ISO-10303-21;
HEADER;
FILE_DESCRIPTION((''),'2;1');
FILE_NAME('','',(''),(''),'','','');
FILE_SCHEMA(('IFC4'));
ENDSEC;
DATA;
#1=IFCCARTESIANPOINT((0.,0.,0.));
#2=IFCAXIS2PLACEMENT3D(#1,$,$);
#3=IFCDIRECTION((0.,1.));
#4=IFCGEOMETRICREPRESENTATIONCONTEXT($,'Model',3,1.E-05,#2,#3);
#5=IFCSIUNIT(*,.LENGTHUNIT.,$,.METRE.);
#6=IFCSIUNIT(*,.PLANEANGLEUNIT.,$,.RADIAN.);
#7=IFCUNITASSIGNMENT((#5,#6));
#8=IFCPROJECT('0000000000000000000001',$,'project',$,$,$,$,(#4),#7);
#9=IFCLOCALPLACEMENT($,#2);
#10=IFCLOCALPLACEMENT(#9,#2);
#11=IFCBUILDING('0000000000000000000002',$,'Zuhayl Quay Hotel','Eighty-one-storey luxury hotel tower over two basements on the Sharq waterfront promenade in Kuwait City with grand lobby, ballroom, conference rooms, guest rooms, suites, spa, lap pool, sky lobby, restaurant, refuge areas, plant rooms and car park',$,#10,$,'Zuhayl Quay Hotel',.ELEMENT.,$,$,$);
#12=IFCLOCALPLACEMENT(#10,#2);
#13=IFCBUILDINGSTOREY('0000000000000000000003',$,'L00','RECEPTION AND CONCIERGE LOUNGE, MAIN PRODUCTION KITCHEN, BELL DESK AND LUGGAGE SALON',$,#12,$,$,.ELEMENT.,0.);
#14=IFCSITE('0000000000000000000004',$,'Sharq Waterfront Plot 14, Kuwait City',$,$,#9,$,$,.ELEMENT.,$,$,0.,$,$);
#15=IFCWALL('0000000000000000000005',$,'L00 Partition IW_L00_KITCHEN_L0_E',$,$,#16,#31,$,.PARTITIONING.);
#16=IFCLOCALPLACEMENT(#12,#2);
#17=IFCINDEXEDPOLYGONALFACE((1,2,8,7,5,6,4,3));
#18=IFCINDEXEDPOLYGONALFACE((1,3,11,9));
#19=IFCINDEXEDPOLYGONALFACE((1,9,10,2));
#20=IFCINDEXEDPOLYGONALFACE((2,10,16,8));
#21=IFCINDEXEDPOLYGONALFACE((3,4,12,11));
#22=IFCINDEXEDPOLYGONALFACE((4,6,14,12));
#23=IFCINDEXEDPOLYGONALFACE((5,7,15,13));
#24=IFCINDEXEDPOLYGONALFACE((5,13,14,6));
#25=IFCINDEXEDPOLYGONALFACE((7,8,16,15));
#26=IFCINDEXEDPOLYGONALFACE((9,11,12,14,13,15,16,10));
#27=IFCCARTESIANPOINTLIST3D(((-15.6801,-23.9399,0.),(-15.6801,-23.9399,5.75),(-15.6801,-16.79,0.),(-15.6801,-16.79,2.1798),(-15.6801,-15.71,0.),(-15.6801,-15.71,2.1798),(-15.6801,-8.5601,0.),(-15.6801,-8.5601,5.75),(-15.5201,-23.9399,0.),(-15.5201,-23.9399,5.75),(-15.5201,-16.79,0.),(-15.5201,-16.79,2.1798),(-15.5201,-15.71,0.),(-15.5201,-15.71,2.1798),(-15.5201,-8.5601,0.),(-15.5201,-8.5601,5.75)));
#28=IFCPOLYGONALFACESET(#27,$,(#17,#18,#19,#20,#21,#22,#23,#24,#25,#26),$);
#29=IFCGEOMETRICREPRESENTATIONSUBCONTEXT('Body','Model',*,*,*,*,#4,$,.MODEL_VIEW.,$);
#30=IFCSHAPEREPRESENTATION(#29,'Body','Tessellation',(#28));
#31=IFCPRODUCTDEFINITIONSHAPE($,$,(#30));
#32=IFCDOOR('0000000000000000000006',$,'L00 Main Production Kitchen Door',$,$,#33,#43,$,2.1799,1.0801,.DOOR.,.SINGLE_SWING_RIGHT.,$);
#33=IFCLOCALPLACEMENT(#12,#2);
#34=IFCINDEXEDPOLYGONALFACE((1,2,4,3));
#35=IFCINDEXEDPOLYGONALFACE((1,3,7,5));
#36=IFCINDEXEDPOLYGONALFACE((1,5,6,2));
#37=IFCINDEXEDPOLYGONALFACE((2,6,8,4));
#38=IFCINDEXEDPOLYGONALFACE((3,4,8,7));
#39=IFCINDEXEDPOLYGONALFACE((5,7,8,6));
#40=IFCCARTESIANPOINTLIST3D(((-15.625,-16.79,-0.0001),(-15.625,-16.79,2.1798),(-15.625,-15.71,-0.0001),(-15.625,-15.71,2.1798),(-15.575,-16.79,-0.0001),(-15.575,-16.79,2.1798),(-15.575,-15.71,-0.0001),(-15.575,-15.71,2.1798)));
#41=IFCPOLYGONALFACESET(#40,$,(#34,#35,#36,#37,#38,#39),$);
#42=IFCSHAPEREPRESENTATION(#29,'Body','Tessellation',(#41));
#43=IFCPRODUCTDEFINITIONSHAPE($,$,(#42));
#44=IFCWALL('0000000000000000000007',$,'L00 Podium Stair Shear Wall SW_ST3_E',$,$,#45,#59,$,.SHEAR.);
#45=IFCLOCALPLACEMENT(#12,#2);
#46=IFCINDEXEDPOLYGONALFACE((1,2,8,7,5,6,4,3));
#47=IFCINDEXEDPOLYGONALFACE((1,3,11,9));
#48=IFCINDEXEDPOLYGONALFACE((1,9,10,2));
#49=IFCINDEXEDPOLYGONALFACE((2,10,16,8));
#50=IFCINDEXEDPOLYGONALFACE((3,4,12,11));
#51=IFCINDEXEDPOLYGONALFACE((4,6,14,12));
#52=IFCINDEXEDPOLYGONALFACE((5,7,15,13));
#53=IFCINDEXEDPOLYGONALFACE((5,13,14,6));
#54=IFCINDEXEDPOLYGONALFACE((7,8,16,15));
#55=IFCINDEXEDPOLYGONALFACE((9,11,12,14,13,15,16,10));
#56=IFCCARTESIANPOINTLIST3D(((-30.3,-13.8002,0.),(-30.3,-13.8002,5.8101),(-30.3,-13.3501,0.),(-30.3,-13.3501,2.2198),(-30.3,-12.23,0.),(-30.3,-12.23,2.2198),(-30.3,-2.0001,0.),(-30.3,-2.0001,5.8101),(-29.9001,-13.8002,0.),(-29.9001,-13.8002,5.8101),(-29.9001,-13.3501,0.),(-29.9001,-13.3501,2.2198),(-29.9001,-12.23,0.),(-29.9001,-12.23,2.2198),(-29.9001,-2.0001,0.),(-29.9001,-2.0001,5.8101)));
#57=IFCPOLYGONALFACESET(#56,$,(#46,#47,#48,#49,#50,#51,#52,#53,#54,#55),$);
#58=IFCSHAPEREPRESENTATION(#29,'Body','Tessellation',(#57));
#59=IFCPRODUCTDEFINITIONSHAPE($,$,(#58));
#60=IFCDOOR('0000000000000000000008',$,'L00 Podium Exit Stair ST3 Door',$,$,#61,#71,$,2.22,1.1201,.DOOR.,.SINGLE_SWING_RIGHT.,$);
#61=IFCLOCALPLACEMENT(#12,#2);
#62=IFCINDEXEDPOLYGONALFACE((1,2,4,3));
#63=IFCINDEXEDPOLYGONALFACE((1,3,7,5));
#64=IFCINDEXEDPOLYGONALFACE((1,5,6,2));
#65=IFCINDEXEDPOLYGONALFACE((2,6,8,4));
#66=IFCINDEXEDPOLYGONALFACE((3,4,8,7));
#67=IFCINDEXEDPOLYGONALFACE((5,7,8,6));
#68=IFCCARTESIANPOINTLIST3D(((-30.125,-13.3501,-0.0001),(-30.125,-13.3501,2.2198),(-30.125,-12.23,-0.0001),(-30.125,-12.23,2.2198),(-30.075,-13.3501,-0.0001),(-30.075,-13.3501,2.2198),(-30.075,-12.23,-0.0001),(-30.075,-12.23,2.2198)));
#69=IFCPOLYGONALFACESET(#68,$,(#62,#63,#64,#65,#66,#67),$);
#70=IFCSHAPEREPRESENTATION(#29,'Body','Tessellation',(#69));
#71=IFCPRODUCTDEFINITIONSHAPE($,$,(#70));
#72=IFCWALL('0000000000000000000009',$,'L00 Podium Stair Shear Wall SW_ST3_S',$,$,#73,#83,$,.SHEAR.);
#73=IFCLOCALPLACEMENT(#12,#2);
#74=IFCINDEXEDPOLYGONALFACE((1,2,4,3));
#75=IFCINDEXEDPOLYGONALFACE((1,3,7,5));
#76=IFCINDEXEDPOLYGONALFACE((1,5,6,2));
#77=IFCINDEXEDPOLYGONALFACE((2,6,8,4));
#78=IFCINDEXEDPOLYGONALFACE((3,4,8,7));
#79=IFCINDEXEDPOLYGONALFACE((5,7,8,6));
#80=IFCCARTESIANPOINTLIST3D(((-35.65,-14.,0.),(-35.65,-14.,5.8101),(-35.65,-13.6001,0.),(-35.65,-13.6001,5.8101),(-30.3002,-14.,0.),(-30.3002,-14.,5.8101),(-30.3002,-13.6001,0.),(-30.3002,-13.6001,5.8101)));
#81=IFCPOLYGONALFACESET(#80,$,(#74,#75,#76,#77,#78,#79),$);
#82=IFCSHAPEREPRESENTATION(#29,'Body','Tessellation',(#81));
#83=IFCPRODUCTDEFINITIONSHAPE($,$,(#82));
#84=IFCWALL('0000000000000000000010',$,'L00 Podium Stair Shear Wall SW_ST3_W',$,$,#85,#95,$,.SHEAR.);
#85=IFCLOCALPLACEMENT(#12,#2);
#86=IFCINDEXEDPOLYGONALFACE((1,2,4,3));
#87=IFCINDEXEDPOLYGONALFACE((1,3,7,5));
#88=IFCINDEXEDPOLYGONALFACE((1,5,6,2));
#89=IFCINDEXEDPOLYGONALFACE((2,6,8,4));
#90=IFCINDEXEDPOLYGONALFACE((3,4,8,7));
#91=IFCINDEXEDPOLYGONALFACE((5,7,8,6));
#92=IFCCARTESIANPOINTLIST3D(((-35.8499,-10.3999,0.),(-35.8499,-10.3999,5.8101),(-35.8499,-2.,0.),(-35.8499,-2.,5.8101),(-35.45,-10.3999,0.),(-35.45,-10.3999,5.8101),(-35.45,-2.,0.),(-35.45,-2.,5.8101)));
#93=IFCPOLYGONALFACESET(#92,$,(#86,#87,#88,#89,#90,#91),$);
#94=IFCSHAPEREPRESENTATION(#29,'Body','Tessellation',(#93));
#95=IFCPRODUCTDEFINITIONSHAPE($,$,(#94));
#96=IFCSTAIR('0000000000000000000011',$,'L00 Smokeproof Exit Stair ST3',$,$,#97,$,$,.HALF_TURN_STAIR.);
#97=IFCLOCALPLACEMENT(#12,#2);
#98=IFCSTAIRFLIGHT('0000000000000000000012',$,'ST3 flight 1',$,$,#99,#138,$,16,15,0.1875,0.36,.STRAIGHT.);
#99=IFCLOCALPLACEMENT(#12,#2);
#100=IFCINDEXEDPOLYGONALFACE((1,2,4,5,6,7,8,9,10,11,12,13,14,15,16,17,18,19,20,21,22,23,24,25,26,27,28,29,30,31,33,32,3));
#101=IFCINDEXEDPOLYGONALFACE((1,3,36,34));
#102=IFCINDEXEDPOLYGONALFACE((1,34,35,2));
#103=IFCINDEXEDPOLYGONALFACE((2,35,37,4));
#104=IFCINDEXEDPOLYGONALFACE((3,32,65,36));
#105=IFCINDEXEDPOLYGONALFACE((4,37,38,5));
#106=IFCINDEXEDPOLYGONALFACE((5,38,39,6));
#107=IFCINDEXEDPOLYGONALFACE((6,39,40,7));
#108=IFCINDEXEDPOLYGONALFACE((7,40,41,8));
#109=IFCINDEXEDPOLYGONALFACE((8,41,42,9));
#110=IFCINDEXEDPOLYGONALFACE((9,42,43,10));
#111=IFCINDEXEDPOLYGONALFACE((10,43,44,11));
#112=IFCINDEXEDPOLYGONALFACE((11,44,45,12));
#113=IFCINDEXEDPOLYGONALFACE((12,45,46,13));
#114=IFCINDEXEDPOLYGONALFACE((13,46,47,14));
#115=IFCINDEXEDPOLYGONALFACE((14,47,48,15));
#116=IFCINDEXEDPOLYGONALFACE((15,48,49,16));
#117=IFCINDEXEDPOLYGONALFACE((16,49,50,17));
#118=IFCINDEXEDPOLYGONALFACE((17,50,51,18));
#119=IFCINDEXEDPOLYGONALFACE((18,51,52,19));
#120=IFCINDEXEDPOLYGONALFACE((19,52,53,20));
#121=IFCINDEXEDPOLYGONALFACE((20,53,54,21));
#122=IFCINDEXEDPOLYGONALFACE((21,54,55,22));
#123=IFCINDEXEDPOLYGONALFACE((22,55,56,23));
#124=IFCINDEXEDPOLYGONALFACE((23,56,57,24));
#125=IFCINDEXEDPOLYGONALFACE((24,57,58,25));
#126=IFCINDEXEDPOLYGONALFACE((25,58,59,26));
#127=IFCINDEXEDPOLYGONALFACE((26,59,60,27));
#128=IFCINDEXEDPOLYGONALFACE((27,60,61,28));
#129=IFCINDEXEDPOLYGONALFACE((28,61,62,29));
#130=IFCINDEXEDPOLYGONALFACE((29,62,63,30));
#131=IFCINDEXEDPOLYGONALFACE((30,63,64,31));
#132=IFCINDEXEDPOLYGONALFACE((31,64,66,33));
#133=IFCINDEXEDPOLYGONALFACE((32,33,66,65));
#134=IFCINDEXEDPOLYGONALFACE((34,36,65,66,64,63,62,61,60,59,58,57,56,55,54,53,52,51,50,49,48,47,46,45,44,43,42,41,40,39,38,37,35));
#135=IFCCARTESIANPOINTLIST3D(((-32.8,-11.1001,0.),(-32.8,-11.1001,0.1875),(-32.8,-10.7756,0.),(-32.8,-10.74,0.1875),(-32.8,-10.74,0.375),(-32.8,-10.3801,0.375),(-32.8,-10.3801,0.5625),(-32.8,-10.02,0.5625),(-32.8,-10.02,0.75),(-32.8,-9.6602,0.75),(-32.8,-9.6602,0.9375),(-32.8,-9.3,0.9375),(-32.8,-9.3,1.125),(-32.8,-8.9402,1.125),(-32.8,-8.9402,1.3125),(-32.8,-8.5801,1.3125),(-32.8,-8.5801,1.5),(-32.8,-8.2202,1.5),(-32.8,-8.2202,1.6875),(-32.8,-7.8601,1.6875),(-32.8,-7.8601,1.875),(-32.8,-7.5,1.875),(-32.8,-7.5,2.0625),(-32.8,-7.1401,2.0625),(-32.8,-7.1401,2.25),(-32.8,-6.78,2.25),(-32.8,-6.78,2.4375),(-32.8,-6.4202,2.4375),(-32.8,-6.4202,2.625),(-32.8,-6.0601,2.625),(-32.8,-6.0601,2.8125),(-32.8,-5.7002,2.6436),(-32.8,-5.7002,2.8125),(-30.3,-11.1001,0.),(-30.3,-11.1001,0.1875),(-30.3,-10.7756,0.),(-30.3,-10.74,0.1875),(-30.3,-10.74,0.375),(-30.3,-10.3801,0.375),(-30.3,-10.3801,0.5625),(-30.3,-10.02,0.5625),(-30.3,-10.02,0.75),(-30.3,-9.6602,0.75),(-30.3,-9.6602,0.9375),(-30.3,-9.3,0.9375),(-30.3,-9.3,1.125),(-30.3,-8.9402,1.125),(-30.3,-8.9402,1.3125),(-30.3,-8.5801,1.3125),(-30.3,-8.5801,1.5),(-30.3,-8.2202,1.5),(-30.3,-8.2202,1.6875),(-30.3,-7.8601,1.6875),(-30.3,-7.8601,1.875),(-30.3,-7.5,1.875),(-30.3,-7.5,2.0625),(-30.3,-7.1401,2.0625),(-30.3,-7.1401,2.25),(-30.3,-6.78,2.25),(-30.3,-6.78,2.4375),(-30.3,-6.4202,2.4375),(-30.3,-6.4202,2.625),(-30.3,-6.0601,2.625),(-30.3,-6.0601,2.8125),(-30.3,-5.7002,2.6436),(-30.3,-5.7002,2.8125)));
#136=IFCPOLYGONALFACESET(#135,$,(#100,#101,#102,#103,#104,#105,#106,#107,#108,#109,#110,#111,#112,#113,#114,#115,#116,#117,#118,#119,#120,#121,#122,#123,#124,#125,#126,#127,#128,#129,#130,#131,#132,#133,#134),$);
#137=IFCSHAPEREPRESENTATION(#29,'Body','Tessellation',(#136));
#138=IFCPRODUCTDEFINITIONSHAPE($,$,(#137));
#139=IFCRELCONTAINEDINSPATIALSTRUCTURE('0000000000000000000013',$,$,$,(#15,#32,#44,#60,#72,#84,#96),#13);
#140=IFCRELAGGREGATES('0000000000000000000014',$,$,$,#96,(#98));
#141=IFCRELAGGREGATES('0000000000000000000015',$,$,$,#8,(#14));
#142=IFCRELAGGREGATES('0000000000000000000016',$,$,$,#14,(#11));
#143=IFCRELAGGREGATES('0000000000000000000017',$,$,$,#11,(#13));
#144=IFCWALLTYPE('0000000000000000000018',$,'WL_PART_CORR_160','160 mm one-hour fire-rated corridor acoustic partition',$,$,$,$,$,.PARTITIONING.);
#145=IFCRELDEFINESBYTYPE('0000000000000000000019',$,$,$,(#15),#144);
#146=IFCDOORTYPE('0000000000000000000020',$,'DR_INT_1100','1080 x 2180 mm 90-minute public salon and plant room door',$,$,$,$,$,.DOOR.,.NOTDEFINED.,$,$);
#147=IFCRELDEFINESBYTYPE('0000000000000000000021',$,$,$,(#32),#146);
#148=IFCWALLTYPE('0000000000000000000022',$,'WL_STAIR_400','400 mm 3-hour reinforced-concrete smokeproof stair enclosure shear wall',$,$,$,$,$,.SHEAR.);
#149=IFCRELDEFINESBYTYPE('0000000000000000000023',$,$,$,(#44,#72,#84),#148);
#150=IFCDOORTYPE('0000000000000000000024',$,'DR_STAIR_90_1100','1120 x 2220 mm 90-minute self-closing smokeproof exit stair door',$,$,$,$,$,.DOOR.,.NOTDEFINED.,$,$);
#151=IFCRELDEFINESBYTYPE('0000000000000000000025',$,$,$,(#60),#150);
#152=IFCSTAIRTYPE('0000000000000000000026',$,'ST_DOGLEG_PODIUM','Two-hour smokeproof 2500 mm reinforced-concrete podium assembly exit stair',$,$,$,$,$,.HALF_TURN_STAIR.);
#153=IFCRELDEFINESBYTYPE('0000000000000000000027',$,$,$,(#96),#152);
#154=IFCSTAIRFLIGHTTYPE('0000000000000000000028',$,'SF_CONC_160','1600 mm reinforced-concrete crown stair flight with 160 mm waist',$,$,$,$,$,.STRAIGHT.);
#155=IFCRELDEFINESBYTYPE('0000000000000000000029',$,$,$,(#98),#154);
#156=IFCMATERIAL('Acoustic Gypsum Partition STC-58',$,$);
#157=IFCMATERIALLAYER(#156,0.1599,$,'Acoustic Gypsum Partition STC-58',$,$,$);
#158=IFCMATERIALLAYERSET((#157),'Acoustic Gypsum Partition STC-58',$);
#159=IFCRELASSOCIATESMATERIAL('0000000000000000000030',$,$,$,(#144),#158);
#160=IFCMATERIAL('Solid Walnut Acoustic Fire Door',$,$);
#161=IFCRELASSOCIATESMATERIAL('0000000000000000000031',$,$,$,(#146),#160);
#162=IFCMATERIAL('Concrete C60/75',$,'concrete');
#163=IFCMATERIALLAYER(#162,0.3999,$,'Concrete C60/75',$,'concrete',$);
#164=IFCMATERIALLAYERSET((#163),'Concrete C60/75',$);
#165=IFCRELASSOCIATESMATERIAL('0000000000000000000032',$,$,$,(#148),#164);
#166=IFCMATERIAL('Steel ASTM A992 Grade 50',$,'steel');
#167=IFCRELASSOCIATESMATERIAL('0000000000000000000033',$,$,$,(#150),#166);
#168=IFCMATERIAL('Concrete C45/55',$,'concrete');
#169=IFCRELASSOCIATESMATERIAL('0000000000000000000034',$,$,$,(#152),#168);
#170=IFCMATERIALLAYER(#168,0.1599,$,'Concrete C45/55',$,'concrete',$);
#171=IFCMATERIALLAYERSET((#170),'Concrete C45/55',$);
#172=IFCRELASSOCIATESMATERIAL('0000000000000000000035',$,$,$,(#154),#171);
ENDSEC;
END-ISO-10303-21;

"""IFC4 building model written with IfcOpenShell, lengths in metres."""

from ifc_helpers import new_model, si_unit, direction, frame, frame_2d, origin, place, context, subcontext, project, spatial, polyline, rectangle, outline, extrude, material, layer, layer_set, type_object, element, fill, aggregate, save


model = new_model("IFC4")

# Units and contexts
model_context = context("Model", 3, precision=1e-05, world=origin(), true_north=direction((0.0, 1.0)))
body_context = subcontext(model_context, "Body", "Model", "MODEL_VIEW")
ifc_project = project(units=[si_unit("LENGTHUNIT", "METRE"), si_unit("PLANEANGLEUNIT", "RADIAN")], contexts=[model_context])

# Site, building, storey
site_placement = place(None, origin())
site = spatial("IfcSite", under=ifc_project, at=site_placement, Name="Sharq Waterfront Plot 14, Kuwait City", CompositionType="ELEMENT", RefElevation=0.0)
building_placement = place(site_placement, origin())
building = spatial("IfcBuilding", under=site, at=building_placement, Name="Zuhayl Quay Hotel", Description="Eighty-one-storey luxury hotel tower over two basements on the Sharq waterfront promenade in Kuwait City with grand lobby, ballroom, conference rooms, guest rooms, suites, spa, lap pool, sky lobby, restaurant, refuge areas, plant rooms and car park", LongName="Zuhayl Quay Hotel", CompositionType="ELEMENT")
storey_placement = place(building_placement, origin())
storey = spatial("IfcBuildingStorey", under=building, at=storey_placement, Name="L00", Description="RECEPTION AND CONCIERGE LOUNGE, MAIN PRODUCTION KITCHEN, BELL DESK AND LUGGAGE SALON", CompositionType="ELEMENT", Elevation=0.0)

# Shared definitions
ifc_material_1 = material(Name="Concrete C60/75", Category="concrete")

# Shared definitions
ifc_material_2 = material(Name="Steel ASTM A992 Grade 50", Category="steel")

# Shared definitions
ifc_material_3 = material(Name="Acoustic Gypsum Partition STC-58")

# Walls, openings, doors
ifc_layer_1 = layer(ifc_material_3, 0.1599, Name="Acoustic Gypsum Partition STC-58")
ifc_layer_set_1 = layer_set([ifc_layer_1], Name="Acoustic Gypsum Partition STC-58")
wall_type_1 = type_object("IfcWallType", Name="WL_PART_CORR_160", Description="160 mm one-hour fire-rated corridor acoustic partition", PredefinedType="PARTITIONING", material=ifc_layer_set_1)
wall_1_placement = place(storey_placement, frame((-15.6001, -23.9399, 0.0), z_axis=(0.0, 0.0, 1.0), x_axis=(0.0, 1.0, 0.0)))
wall_1 = element("IfcWall", 1, at=wall_1_placement, inside=storey, type_object=wall_type_1, Name="L00 Partition IW_L00_KITCHEN_L0_E", PredefinedType="PARTITIONING", context=body_context, shape_type="SweptSolid", body=[
    extrude(rectangle(XDim=15.3799, YDim=0.1599, at=frame_2d((7.6899, 0.0))), origin(), (0.0, 0.0, 1.0), 5.75),
])
opening_1_placement = place(wall_1_placement, frame((7.1499, 0.0, 0.0)))
opening_1 = element("IfcOpeningElement", 2, at=opening_1_placement, cuts=wall_1, PredefinedType="OPENING", context=body_context, shape_type="SweptSolid", body=[
    extrude(rectangle(XDim=1.0801, YDim=2.1799, at=frame_2d((0.54, 1.0898))), frame((0.0, 0.0898, 0.0), z_axis=(0.0, -1.0, 0.0), x_axis=(1.0, 0.0, 0.0)), (0.0, 0.0, 1.0), 0.1799),
])
ifc_material_4 = material(Name="Solid Walnut Acoustic Fire Door")
door_type_1 = type_object("IfcDoorType", Name="DR_INT_1100", Description="1080 x 2180 mm 90-minute public salon and plant room door", OperationType="NOTDEFINED", PredefinedType="DOOR", material=ifc_material_4)
door_1_placement = place(opening_1_placement, origin())
door_1 = element("IfcDoor", 3, at=door_1_placement, inside=storey, type_object=door_type_1, Name="L00 Main Production Kitchen Door", OperationType="SINGLE_SWING_RIGHT", OverallHeight=2.1799, OverallWidth=1.0801, PredefinedType="DOOR", context=body_context, shape_type="SweptSolid", body=[
    extrude(rectangle(XDim=1.0801, YDim=2.1799, at=frame_2d((0.54, 1.0898))), frame((0.0, 0.0249, 0.0), z_axis=(0.0, -1.0, 0.0), x_axis=(1.0, 0.0, 0.0)), (0.0, 0.0, 1.0), 0.05),
])
fill(opening_1, door_1)
ifc_layer_2 = layer(ifc_material_1, 0.3999, Name="Concrete C60/75", Category="concrete")
ifc_layer_set_2 = layer_set([ifc_layer_2], Name="Concrete C60/75")
wall_type_2 = type_object("IfcWallType", Name="WL_STAIR_400", Description="400 mm 3-hour reinforced-concrete smokeproof stair enclosure shear wall", PredefinedType="SHEAR", material=ifc_layer_set_2)
wall_2_placement = place(storey_placement, frame((-30.1001, -13.8, 0.0), z_axis=(0.0, 0.0, 1.0), x_axis=(0.0, 1.0, 0.0)))
wall_2 = element("IfcWall", 4, at=wall_2_placement, inside=storey, type_object=wall_type_2, Name="L00 Podium Stair Shear Wall SW_ST3_E", PredefinedType="SHEAR", context=body_context, shape_type="SweptSolid", body=[
    extrude(rectangle(XDim=11.8, YDim=0.3999, at=frame_2d((5.8999, 0.0))), origin(), (0.0, 0.0, 1.0), 5.8101),
])
opening_2_placement = place(wall_2_placement, frame((0.45, 0.0, 0.0)))
opening_2 = element("IfcOpeningElement", 5, at=opening_2_placement, cuts=wall_2, PredefinedType="OPENING", context=body_context, shape_type="SweptSolid", body=[
    extrude(rectangle(XDim=1.1201, YDim=2.22, at=frame_2d((0.5601, 1.1099))), frame((0.0, 0.21, 0.0), z_axis=(0.0, -1.0, 0.0), x_axis=(1.0, 0.0, 0.0)), (0.0, 0.0, 1.0), 0.4199),
])
door_type_2 = type_object("IfcDoorType", Name="DR_STAIR_90_1100", Description="1120 x 2220 mm 90-minute self-closing smokeproof exit stair door", OperationType="NOTDEFINED", PredefinedType="DOOR", material=ifc_material_2)
door_2_placement = place(opening_2_placement, origin())
door_2 = element("IfcDoor", 6, at=door_2_placement, inside=storey, type_object=door_type_2, Name="L00 Podium Exit Stair ST3 Door", OperationType="SINGLE_SWING_RIGHT", OverallHeight=2.22, OverallWidth=1.1201, PredefinedType="DOOR", context=body_context, shape_type="SweptSolid", body=[
    extrude(rectangle(XDim=1.1201, YDim=2.22, at=frame_2d((0.5601, 1.1099))), frame((0.0, 0.0249, 0.0), z_axis=(0.0, -1.0, 0.0), x_axis=(1.0, 0.0, 0.0)), (0.0, 0.0, 1.0), 0.05),
])
fill(opening_2, door_2)

# Walls
wall_3_placement = place(storey_placement, frame((-35.6499, -13.8, 0.0), z_axis=(0.0, 0.0, 1.0), x_axis=(1.0, 0.0, 0.0)))
element("IfcWall", 7, at=wall_3_placement, inside=storey, type_object=wall_type_2, Name="L00 Podium Stair Shear Wall SW_ST3_S", PredefinedType="SHEAR", context=body_context, shape_type="SweptSolid", body=[
    extrude(rectangle(XDim=5.3499, YDim=0.3999, at=frame_2d((2.6748, 0.0))), origin(), (0.0, 0.0, 1.0), 5.8101),
])
wall_4_placement = place(storey_placement, frame((-35.6499, -10.3999, 0.0), z_axis=(0.0, 0.0, 1.0), x_axis=(0.0, 1.0, 0.0)))
element("IfcWall", 8, at=wall_4_placement, inside=storey, type_object=wall_type_2, Name="L00 Podium Stair Shear Wall SW_ST3_W", PredefinedType="SHEAR", context=body_context, shape_type="SweptSolid", body=[
    extrude(rectangle(XDim=8.3999, YDim=0.3999, at=frame_2d((4.2, 0.0))), origin(), (0.0, 0.0, 1.0), 5.8101),
])

# Stair, stair flight
ifc_material_5 = material(Name="Concrete C45/55", Category="concrete")
stair_type = type_object("IfcStairType", Name="ST_DOGLEG_PODIUM", Description="Two-hour smokeproof 2500 mm reinforced-concrete podium assembly exit stair", PredefinedType="HALF_TURN_STAIR", material=ifc_material_5)
stair_placement = place(storey_placement, origin())
stair = element("IfcStair", 9, at=stair_placement, inside=storey, type_object=stair_type, Name="L00 Smokeproof Exit Stair ST3", PredefinedType="HALF_TURN_STAIR")
ifc_layer_3 = layer(ifc_material_5, 0.1599, Name="Concrete C45/55", Category="concrete")
ifc_layer_set_3 = layer_set([ifc_layer_3], Name="Concrete C45/55")
stair_flight_type = type_object("IfcStairFlightType", Name="SF_CONC_160", Description="1600 mm reinforced-concrete crown stair flight with 160 mm waist", PredefinedType="STRAIGHT", material=ifc_layer_set_3)
stair_flight_placement = place(storey_placement, frame((-31.55, -11.1001, 0.0), z_axis=(0.0, 0.0, 1.0), x_axis=(0.0, 1.0, 0.0)))
stair_flight = element("IfcStairFlight", 10, at=stair_flight_placement, type_object=stair_flight_type, Name="ST3 flight 1", NumberOfRisers=16, NumberOfTreads=15, PredefinedType="STRAIGHT", RiserHeight=0.1875, TreadLength=0.36, context=body_context, shape_type="SweptSolid", body=[
    extrude(outline(polyline([(0.0, 0.0), (0.0, 0.1875), (0.3601, 0.1875), (0.3601, 0.375), (0.72, 0.375), (0.72, 0.5625), (1.0801, 0.5625), (1.0801, 0.75), (1.4399, 0.75), (1.4399, 0.9375), (1.8, 0.9375), (1.8, 1.125), (2.1599, 1.125), (2.1599, 1.3125), (2.52, 1.3125), (2.52, 1.5), (2.8799, 1.5), (2.8799, 1.6875), (3.24, 1.6875), (3.24, 1.875), (3.6001, 1.875), (3.6001, 2.0625), (3.96, 2.0625), (3.96, 2.25), (4.3201, 2.25), (4.3201, 2.4375), (4.6799, 2.4375), (4.6799, 2.625), (5.04, 2.625), (5.04, 2.8125), (5.3999, 2.8125), (5.3999, 3.0), (5.3999, 2.6436), (0.3245, 0.0), (0.0, 0.0)])), frame((0.0, 1.25, 0.0), z_axis=(0.0, -1.0, 0.0), x_axis=(1.0, 0.0, 0.0)), (0.0, 0.0, 1.0), 2.5),
])
aggregate(stair, [stair_flight])

save(model, "model.ifc")
